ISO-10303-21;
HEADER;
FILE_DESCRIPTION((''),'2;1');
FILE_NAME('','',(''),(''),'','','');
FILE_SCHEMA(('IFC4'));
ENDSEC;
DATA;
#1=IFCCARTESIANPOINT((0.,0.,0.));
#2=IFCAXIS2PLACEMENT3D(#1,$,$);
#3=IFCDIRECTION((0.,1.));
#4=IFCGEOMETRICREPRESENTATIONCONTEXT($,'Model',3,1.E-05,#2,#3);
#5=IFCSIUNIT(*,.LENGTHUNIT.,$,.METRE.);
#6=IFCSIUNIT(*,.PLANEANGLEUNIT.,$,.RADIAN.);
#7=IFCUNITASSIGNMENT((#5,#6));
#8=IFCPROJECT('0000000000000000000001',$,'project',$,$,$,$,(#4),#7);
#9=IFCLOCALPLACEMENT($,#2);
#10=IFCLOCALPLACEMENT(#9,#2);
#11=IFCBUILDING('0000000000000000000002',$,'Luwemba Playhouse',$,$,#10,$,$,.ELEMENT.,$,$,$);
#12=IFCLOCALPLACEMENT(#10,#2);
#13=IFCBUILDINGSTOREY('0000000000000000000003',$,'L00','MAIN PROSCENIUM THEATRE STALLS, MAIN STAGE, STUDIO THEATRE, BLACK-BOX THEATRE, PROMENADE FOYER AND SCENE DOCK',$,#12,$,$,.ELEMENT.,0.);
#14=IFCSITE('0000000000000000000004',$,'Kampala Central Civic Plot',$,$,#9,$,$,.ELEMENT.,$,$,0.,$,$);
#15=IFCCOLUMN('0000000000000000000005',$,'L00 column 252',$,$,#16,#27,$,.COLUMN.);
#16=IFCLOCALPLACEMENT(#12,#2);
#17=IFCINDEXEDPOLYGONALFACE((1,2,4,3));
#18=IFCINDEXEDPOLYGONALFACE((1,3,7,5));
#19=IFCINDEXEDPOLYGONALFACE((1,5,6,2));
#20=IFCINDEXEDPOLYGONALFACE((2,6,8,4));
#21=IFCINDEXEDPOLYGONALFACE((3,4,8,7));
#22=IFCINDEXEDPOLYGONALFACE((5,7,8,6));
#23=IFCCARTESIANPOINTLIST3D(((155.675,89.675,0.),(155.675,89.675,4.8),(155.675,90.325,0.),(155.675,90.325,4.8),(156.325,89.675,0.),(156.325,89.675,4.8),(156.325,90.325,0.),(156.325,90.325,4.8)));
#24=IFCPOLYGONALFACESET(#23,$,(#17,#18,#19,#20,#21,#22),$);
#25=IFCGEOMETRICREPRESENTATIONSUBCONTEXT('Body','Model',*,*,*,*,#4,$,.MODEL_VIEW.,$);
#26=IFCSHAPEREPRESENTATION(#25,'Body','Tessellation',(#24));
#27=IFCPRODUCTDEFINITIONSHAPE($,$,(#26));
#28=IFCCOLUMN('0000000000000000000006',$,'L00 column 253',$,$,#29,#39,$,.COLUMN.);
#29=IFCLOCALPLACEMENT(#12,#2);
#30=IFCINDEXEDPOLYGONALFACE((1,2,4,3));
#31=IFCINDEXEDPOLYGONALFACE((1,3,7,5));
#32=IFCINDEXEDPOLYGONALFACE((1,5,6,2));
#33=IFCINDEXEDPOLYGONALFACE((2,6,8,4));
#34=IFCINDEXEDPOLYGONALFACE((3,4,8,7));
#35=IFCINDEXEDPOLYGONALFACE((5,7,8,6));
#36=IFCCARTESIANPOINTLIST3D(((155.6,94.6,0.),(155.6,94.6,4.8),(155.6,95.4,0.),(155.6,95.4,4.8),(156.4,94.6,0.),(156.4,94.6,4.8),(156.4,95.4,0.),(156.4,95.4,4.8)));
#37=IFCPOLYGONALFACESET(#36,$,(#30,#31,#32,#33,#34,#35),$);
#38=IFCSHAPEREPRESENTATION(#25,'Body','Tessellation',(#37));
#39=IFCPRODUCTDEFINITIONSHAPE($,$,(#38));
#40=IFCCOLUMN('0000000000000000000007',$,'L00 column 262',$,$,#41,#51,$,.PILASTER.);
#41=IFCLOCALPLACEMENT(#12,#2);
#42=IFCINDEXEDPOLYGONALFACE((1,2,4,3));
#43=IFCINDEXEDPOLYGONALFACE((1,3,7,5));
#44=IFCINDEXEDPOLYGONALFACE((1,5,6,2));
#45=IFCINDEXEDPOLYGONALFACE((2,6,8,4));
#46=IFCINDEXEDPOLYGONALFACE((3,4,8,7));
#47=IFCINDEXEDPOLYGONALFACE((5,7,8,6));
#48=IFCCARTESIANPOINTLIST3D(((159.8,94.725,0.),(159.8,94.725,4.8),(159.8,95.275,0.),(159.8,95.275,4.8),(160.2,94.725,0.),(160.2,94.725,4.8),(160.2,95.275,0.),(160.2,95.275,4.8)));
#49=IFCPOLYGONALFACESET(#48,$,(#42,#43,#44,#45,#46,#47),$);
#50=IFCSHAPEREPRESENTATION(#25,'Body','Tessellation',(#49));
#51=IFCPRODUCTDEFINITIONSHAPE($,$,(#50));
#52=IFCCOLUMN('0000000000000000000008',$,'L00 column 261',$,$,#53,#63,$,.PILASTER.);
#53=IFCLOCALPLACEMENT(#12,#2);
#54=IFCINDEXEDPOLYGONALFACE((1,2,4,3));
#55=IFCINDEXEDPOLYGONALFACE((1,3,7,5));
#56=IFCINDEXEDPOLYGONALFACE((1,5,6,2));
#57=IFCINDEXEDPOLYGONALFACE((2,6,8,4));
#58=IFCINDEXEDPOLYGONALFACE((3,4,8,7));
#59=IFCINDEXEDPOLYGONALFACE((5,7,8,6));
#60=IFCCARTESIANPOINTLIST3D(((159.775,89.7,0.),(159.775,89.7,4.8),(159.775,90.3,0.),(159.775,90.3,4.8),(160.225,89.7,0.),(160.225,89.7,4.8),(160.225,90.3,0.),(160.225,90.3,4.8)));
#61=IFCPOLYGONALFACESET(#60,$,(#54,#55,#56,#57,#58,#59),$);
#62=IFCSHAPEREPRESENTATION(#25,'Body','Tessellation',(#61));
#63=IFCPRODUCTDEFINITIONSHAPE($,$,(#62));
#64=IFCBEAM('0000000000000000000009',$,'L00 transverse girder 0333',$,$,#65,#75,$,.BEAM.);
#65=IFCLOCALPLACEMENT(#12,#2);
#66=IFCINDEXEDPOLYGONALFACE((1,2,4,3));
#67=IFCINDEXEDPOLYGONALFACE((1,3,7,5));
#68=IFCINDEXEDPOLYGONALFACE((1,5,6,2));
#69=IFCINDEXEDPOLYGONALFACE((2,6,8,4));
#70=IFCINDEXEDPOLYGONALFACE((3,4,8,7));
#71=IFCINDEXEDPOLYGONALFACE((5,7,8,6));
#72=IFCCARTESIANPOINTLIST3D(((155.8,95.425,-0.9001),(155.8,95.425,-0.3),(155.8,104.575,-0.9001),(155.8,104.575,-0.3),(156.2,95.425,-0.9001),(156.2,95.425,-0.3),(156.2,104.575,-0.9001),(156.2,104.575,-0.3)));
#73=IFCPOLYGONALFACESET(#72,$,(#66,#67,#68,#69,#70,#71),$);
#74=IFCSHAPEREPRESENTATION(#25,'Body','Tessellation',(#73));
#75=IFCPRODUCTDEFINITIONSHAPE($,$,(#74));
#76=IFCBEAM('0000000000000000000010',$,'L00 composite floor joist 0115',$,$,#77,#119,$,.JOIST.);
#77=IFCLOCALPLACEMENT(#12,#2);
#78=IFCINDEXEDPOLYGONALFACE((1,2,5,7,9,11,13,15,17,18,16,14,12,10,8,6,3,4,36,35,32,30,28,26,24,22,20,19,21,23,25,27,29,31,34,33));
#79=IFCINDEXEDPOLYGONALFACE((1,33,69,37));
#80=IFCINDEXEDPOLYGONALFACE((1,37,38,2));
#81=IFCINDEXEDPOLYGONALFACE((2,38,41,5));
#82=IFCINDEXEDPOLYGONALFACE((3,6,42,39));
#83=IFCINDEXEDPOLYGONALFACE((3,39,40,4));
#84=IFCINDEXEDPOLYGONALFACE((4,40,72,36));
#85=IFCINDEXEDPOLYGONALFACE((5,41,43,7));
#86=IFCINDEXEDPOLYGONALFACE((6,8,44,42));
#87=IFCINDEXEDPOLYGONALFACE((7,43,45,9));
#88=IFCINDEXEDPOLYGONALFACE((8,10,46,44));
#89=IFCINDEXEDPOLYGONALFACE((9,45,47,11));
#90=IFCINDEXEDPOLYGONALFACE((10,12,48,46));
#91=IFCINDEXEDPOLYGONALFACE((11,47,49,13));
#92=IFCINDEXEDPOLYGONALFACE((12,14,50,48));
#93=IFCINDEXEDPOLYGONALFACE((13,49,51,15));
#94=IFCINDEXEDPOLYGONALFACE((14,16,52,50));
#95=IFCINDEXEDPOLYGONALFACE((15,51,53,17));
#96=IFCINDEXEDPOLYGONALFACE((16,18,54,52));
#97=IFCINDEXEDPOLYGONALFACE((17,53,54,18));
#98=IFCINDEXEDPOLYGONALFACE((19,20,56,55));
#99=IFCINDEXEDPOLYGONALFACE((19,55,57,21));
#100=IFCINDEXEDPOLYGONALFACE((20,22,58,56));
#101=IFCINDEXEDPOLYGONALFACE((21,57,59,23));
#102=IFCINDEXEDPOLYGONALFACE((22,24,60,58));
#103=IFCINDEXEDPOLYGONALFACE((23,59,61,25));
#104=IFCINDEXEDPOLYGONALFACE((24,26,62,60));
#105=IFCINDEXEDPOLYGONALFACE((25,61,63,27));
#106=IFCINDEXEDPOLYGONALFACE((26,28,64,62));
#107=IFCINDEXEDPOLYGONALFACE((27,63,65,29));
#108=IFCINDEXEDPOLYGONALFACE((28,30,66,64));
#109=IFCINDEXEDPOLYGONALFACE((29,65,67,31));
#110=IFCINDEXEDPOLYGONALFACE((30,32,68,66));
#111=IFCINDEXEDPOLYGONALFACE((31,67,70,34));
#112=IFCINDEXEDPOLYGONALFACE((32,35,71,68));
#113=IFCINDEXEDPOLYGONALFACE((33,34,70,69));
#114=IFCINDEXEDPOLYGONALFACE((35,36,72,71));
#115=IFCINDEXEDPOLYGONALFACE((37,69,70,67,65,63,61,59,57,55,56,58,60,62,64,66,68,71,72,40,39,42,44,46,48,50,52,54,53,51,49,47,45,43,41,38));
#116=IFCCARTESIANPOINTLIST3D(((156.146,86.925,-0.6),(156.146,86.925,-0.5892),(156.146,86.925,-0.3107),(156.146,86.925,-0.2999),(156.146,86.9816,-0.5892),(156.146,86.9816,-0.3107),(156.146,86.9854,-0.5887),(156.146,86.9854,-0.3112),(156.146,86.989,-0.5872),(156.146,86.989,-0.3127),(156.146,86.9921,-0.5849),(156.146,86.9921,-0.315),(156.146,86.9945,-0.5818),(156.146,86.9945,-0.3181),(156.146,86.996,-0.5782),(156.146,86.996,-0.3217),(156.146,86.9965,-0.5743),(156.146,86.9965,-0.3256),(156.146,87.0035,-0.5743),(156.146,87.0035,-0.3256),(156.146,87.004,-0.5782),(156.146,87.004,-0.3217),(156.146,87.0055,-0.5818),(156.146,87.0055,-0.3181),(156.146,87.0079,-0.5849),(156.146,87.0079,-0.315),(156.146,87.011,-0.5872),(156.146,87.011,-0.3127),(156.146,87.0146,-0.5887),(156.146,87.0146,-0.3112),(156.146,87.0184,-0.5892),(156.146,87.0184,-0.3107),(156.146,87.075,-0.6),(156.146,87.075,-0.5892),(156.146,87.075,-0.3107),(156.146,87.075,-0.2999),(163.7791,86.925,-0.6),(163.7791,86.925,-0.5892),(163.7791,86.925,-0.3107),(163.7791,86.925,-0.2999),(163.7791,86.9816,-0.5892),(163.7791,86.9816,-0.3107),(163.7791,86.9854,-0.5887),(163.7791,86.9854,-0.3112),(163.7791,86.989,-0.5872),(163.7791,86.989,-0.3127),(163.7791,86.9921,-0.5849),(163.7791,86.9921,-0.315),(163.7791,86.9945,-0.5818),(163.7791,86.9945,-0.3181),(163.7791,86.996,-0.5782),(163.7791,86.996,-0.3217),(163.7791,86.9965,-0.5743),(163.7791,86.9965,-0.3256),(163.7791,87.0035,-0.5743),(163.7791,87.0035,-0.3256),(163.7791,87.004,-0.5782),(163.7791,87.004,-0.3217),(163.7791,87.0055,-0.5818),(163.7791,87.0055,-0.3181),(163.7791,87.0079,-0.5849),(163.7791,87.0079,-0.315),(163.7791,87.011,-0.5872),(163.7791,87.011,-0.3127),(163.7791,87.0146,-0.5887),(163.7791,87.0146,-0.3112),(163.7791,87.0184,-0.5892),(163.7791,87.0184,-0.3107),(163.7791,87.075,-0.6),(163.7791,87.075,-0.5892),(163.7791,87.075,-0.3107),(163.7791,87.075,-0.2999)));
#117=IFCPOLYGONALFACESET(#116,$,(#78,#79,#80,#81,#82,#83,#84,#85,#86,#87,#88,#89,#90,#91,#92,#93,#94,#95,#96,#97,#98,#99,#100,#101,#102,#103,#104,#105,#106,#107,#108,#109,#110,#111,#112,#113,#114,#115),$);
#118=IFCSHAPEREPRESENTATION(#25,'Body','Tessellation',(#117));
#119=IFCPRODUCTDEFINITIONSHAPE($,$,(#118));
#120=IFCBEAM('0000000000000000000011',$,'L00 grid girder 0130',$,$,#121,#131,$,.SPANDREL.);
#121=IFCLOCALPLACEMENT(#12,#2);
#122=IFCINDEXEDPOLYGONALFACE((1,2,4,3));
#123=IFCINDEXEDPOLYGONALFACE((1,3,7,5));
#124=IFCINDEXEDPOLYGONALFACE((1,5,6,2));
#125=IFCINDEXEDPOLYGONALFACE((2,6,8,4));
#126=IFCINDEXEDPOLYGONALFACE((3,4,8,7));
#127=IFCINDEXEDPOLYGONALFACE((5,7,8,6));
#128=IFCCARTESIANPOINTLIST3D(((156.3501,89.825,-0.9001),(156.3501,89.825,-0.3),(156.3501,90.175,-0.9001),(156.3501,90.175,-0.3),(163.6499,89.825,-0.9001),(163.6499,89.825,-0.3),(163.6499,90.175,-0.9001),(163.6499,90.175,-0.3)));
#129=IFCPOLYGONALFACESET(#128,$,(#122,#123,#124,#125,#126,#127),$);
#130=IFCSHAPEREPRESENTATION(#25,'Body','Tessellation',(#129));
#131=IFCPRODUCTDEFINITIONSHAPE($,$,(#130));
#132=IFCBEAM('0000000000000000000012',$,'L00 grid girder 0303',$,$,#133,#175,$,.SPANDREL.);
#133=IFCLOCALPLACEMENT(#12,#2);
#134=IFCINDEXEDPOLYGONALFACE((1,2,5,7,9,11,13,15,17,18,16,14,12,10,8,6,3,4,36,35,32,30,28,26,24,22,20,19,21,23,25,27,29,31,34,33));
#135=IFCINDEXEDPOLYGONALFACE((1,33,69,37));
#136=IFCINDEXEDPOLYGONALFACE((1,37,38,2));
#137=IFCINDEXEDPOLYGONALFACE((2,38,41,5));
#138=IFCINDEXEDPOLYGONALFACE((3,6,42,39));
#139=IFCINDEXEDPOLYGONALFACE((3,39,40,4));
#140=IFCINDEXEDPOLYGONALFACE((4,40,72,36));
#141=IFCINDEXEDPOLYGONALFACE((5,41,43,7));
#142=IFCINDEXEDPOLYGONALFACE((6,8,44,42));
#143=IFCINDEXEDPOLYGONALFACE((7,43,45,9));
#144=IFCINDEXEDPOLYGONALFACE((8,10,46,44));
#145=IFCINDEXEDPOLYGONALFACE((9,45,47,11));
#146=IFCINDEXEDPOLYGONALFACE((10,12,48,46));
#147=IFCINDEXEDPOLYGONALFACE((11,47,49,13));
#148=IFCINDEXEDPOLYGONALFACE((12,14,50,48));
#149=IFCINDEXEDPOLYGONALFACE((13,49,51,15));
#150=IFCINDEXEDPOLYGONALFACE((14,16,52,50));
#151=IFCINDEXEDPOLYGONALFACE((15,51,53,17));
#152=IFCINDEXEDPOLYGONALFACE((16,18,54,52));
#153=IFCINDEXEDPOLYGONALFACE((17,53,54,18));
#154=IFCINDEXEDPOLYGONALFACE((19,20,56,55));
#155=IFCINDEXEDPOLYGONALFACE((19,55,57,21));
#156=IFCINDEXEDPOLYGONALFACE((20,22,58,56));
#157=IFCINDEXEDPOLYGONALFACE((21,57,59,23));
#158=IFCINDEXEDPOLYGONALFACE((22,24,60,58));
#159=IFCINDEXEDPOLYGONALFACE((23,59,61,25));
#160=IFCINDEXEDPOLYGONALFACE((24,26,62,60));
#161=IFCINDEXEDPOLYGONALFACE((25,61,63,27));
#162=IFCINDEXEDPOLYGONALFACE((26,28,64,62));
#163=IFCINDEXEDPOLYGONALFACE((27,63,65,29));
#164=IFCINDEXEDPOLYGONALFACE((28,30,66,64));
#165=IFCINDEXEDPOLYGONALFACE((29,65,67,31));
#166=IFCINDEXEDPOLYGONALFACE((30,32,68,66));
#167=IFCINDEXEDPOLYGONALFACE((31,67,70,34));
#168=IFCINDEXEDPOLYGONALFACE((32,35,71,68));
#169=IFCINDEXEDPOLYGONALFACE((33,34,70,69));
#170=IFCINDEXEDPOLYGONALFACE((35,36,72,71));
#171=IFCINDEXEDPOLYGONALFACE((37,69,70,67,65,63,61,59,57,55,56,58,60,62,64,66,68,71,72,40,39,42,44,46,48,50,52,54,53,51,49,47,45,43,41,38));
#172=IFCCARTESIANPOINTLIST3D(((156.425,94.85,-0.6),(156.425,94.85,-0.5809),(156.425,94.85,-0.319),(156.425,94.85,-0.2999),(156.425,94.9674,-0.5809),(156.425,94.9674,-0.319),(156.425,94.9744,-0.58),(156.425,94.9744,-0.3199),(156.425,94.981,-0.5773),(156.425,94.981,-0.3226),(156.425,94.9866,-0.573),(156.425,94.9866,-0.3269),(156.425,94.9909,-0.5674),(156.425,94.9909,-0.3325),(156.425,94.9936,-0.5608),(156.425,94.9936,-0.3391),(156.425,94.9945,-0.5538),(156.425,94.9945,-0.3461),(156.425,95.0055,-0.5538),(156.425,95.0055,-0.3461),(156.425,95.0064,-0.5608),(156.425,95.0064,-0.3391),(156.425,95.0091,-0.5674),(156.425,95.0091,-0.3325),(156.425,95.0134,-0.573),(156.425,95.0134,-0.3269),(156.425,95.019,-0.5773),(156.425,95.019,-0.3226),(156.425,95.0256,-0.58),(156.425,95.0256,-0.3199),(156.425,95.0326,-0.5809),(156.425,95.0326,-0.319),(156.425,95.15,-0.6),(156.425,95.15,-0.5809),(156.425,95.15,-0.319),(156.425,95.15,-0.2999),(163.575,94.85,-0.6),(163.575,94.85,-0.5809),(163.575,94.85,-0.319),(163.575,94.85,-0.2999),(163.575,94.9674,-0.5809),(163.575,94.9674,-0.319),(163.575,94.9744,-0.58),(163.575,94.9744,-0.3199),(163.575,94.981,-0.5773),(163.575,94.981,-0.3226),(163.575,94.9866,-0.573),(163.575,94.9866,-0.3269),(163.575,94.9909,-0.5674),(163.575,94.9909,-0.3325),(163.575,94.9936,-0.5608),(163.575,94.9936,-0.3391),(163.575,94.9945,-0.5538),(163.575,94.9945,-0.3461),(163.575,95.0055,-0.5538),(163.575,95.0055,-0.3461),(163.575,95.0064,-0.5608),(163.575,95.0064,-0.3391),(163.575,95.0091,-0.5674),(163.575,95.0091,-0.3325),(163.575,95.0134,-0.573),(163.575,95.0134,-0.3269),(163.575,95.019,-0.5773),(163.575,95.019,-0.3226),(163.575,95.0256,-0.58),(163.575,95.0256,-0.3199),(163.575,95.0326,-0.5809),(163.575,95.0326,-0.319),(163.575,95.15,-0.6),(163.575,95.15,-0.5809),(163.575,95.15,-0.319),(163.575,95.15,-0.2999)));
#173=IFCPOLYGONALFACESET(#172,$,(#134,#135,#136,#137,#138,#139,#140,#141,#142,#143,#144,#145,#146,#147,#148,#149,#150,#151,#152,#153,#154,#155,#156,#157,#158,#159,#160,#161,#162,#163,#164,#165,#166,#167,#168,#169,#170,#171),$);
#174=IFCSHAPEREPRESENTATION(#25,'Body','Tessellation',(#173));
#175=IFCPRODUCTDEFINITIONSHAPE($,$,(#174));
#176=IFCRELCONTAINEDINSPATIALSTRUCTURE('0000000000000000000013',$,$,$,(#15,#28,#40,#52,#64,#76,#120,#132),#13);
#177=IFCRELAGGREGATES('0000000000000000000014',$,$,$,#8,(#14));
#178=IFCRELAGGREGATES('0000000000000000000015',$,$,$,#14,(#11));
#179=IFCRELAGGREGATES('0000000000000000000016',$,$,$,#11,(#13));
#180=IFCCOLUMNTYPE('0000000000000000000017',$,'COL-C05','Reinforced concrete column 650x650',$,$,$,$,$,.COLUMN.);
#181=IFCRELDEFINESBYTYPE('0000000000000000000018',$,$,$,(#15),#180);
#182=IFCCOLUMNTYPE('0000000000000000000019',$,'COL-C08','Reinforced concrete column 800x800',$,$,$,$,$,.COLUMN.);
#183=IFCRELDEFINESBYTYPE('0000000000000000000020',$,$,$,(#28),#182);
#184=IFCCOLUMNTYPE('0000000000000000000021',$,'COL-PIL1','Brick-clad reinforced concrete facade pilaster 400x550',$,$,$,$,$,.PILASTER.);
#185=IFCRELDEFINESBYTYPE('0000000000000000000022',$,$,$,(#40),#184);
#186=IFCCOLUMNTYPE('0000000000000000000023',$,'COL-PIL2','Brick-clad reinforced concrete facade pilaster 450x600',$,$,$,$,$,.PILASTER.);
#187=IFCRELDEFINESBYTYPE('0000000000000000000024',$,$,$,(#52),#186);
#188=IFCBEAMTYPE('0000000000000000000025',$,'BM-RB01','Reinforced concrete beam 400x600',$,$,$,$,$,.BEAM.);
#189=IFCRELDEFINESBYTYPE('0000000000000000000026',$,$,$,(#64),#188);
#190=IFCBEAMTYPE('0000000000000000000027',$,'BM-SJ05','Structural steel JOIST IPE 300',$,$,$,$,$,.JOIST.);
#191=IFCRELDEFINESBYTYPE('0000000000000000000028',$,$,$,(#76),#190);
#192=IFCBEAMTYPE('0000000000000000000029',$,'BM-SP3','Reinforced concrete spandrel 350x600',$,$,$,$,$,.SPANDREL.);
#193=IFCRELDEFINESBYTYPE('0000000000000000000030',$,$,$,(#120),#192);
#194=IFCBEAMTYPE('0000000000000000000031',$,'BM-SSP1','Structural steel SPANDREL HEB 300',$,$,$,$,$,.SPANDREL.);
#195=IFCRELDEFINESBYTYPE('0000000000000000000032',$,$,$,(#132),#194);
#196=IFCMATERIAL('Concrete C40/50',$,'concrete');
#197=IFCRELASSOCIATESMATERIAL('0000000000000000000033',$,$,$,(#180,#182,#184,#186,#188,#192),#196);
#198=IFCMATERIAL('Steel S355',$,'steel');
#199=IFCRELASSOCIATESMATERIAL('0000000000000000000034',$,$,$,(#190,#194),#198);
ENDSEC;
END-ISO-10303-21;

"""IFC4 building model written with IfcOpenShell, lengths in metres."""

from ifc_helpers import new_model, si_unit, direction, frame, origin, origin_2d, place, context, subcontext, project, spatial, rectangle, i_section, extrude, material, material_profile, profile_set, type_object, element, save


model = new_model("IFC4")

# Units and contexts
model_context = context("Model", 3, precision=1e-05, world=origin(), true_north=direction((0.0, 1.0)))
body_context = subcontext(model_context, "Body", "Model", "MODEL_VIEW")
ifc_project = project(units=[si_unit("LENGTHUNIT", "METRE"), si_unit("PLANEANGLEUNIT", "RADIAN")], contexts=[model_context])

# Site, building, storey
site_placement = place(None, origin())
site = spatial("IfcSite", under=ifc_project, at=site_placement, Name="Kampala Central Civic Plot", CompositionType="ELEMENT", RefElevation=0.0)
building_placement = place(site_placement, origin())
building = spatial("IfcBuilding", under=site, at=building_placement, Name="Luwemba Playhouse", CompositionType="ELEMENT")
storey_placement = place(building_placement, origin())
storey = spatial("IfcBuildingStorey", under=building, at=storey_placement, Name="L00", Description="MAIN PROSCENIUM THEATRE STALLS, MAIN STAGE, STUDIO THEATRE, BLACK-BOX THEATRE, PROMENADE FOYER AND SCENE DOCK", CompositionType="ELEMENT", Elevation=0.0)

# Columns
ifc_material_1 = material(Name="Concrete C40/50", Category="concrete")
ifc_material_profile_1 = material_profile(ifc_material_1, rectangle(XDim=0.6499, YDim=0.6499, at=origin_2d()))
ifc_profile_set_1 = profile_set([ifc_material_profile_1], Name="Concrete C40/50")
column_type_1 = type_object("IfcColumnType", Name="COL-C05", Description="Reinforced concrete column 650x650", PredefinedType="COLUMN", material=ifc_profile_set_1)
column_1_placement = place(storey_placement, frame((156.0, 90.0, 0.0), z_axis=(0.0, 0.0, 1.0), x_axis=(1.0, 0.0, 0.0)))
element("IfcColumn", 1, at=column_1_placement, inside=storey, type_object=column_type_1, Name="L00 column 252", PredefinedType="COLUMN", context=body_context, shape_type="SweptSolid", body=[
    extrude(rectangle(XDim=0.6499, YDim=0.6499, at=origin_2d()), origin(), (0.0, 0.0, 1.0), 4.8),
])
ifc_material_profile_2 = material_profile(ifc_material_1, rectangle(XDim=0.8, YDim=0.8, at=origin_2d()))
ifc_profile_set_2 = profile_set([ifc_material_profile_2], Name="Concrete C40/50")
column_type_2 = type_object("IfcColumnType", Name="COL-C08", Description="Reinforced concrete column 800x800", PredefinedType="COLUMN", material=ifc_profile_set_2)
column_2_placement = place(storey_placement, frame((156.0, 95.0, 0.0), z_axis=(0.0, 0.0, 1.0), x_axis=(1.0, 0.0, 0.0)))
element("IfcColumn", 2, at=column_2_placement, inside=storey, type_object=column_type_2, Name="L00 column 253", PredefinedType="COLUMN", context=body_context, shape_type="SweptSolid", body=[
    extrude(rectangle(XDim=0.8, YDim=0.8, at=origin_2d()), origin(), (0.0, 0.0, 1.0), 4.8),
])
ifc_material_profile_3 = material_profile(ifc_material_1, rectangle(XDim=0.3999, YDim=0.55, at=origin_2d()))
ifc_profile_set_3 = profile_set([ifc_material_profile_3], Name="Concrete C40/50")
column_type_3 = type_object("IfcColumnType", Name="COL-PIL1", Description="Brick-clad reinforced concrete facade pilaster 400x550", PredefinedType="PILASTER", material=ifc_profile_set_3)
column_3_placement = place(storey_placement, frame((160.0, 95.0, 0.0), z_axis=(0.0, 0.0, 1.0), x_axis=(1.0, 0.0, 0.0)))
element("IfcColumn", 3, at=column_3_placement, inside=storey, type_object=column_type_3, Name="L00 column 262", PredefinedType="PILASTER", context=body_context, shape_type="SweptSolid", body=[
    extrude(rectangle(XDim=0.3999, YDim=0.55, at=origin_2d()), origin(), (0.0, 0.0, 1.0), 4.8),
])
ifc_material_profile_4 = material_profile(ifc_material_1, rectangle(XDim=0.45, YDim=0.6001, at=origin_2d()))
ifc_profile_set_4 = profile_set([ifc_material_profile_4], Name="Concrete C40/50")
column_type_4 = type_object("IfcColumnType", Name="COL-PIL2", Description="Brick-clad reinforced concrete facade pilaster 450x600", PredefinedType="PILASTER", material=ifc_profile_set_4)
column_4_placement = place(storey_placement, frame((160.0, 90.0, 0.0), z_axis=(0.0, 0.0, 1.0), x_axis=(1.0, 0.0, 0.0)))
element("IfcColumn", 4, at=column_4_placement, inside=storey, type_object=column_type_4, Name="L00 column 261", PredefinedType="PILASTER", context=body_context, shape_type="SweptSolid", body=[
    extrude(rectangle(XDim=0.45, YDim=0.6001, at=origin_2d()), origin(), (0.0, 0.0, 1.0), 4.8),
])

# Beams
ifc_material_profile_5 = material_profile(ifc_material_1, rectangle(XDim=0.3999, YDim=0.6001, at=origin_2d()))
ifc_profile_set_5 = profile_set([ifc_material_profile_5], Name="Concrete C40/50")
beam_type_1 = type_object("IfcBeamType", Name="BM-RB01", Description="Reinforced concrete beam 400x600", PredefinedType="BEAM", material=ifc_profile_set_5)
beam_1_placement = place(storey_placement, frame((156.0, 95.425, -0.6001), z_axis=(0.0, 1.0, 0.0), x_axis=(-1.0, 0.0, 0.0)))
element("IfcBeam", 5, at=beam_1_placement, inside=storey, type_object=beam_type_1, Name="L00 transverse girder 0333", PredefinedType="BEAM", context=body_context, shape_type="SweptSolid", body=[
    extrude(rectangle(XDim=0.3999, YDim=0.6001, at=origin_2d()), origin(), (0.0, 0.0, 1.0), 9.1499),
])
ifc_material_2 = material(Name="Steel S355", Category="steel")
ifc_material_profile_6 = material_profile(ifc_material_2, i_section(OverallWidth=0.1499, OverallDepth=0.3, WebThickness=0.0071, FlangeThickness=0.0107, FilletRadius=0.0149, at=origin_2d()))
ifc_profile_set_6 = profile_set([ifc_material_profile_6], Name="Steel S355")
beam_type_2 = type_object("IfcBeamType", Name="BM-SJ05", Description="Structural steel JOIST IPE 300", PredefinedType="JOIST", material=ifc_profile_set_6)
beam_2_placement = place(storey_placement, frame((156.146, 87.0, -0.45), z_axis=(1.0, 0.0, 0.0), x_axis=(0.0, 1.0, 0.0)))
element("IfcBeam", 6, at=beam_2_placement, inside=storey, type_object=beam_type_2, Name="L00 composite floor joist 0115", PredefinedType="JOIST", context=body_context, shape_type="SweptSolid", body=[
    extrude(i_section(OverallWidth=0.1499, OverallDepth=0.3, WebThickness=0.0071, FlangeThickness=0.0107, FilletRadius=0.0149, at=origin_2d()), origin(), (0.0, 0.0, 1.0), 7.6331),
])
ifc_material_profile_7 = material_profile(ifc_material_1, rectangle(XDim=0.3501, YDim=0.6001, at=origin_2d()))
ifc_profile_set_7 = profile_set([ifc_material_profile_7], Name="Concrete C40/50")
beam_type_3 = type_object("IfcBeamType", Name="BM-SP3", Description="Reinforced concrete spandrel 350x600", PredefinedType="SPANDREL", material=ifc_profile_set_7)
beam_3_placement = place(storey_placement, frame((156.3501, 90.0, -0.6001), z_axis=(1.0, 0.0, 0.0), x_axis=(0.0, 1.0, 0.0)))
element("IfcBeam", 7, at=beam_3_placement, inside=storey, type_object=beam_type_3, Name="L00 grid girder 0130", PredefinedType="SPANDREL", context=body_context, shape_type="SweptSolid", body=[
    extrude(rectangle(XDim=0.3501, YDim=0.6001, at=origin_2d()), origin(), (0.0, 0.0, 1.0), 7.2998),
])
ifc_material_profile_8 = material_profile(ifc_material_2, i_section(OverallWidth=0.3, OverallDepth=0.3, WebThickness=0.011, FlangeThickness=0.019, FilletRadius=0.0271, at=origin_2d()))
ifc_profile_set_8 = profile_set([ifc_material_profile_8], Name="Steel S355")
beam_type_4 = type_object("IfcBeamType", Name="BM-SSP1", Description="Structural steel SPANDREL HEB 300", PredefinedType="SPANDREL", material=ifc_profile_set_8)
beam_4_placement = place(storey_placement, frame((156.425, 95.0, -0.45), z_axis=(1.0, 0.0, 0.0), x_axis=(0.0, 1.0, 0.0)))
element("IfcBeam", 8, at=beam_4_placement, inside=storey, type_object=beam_type_4, Name="L00 grid girder 0303", PredefinedType="SPANDREL", context=body_context, shape_type="SweptSolid", body=[
    extrude(i_section(OverallWidth=0.3, OverallDepth=0.3, WebThickness=0.011, FlangeThickness=0.019, FilletRadius=0.0271, at=origin_2d()), origin(), (0.0, 0.0, 1.0), 7.1499),
])

save(model, "model.ifc")
